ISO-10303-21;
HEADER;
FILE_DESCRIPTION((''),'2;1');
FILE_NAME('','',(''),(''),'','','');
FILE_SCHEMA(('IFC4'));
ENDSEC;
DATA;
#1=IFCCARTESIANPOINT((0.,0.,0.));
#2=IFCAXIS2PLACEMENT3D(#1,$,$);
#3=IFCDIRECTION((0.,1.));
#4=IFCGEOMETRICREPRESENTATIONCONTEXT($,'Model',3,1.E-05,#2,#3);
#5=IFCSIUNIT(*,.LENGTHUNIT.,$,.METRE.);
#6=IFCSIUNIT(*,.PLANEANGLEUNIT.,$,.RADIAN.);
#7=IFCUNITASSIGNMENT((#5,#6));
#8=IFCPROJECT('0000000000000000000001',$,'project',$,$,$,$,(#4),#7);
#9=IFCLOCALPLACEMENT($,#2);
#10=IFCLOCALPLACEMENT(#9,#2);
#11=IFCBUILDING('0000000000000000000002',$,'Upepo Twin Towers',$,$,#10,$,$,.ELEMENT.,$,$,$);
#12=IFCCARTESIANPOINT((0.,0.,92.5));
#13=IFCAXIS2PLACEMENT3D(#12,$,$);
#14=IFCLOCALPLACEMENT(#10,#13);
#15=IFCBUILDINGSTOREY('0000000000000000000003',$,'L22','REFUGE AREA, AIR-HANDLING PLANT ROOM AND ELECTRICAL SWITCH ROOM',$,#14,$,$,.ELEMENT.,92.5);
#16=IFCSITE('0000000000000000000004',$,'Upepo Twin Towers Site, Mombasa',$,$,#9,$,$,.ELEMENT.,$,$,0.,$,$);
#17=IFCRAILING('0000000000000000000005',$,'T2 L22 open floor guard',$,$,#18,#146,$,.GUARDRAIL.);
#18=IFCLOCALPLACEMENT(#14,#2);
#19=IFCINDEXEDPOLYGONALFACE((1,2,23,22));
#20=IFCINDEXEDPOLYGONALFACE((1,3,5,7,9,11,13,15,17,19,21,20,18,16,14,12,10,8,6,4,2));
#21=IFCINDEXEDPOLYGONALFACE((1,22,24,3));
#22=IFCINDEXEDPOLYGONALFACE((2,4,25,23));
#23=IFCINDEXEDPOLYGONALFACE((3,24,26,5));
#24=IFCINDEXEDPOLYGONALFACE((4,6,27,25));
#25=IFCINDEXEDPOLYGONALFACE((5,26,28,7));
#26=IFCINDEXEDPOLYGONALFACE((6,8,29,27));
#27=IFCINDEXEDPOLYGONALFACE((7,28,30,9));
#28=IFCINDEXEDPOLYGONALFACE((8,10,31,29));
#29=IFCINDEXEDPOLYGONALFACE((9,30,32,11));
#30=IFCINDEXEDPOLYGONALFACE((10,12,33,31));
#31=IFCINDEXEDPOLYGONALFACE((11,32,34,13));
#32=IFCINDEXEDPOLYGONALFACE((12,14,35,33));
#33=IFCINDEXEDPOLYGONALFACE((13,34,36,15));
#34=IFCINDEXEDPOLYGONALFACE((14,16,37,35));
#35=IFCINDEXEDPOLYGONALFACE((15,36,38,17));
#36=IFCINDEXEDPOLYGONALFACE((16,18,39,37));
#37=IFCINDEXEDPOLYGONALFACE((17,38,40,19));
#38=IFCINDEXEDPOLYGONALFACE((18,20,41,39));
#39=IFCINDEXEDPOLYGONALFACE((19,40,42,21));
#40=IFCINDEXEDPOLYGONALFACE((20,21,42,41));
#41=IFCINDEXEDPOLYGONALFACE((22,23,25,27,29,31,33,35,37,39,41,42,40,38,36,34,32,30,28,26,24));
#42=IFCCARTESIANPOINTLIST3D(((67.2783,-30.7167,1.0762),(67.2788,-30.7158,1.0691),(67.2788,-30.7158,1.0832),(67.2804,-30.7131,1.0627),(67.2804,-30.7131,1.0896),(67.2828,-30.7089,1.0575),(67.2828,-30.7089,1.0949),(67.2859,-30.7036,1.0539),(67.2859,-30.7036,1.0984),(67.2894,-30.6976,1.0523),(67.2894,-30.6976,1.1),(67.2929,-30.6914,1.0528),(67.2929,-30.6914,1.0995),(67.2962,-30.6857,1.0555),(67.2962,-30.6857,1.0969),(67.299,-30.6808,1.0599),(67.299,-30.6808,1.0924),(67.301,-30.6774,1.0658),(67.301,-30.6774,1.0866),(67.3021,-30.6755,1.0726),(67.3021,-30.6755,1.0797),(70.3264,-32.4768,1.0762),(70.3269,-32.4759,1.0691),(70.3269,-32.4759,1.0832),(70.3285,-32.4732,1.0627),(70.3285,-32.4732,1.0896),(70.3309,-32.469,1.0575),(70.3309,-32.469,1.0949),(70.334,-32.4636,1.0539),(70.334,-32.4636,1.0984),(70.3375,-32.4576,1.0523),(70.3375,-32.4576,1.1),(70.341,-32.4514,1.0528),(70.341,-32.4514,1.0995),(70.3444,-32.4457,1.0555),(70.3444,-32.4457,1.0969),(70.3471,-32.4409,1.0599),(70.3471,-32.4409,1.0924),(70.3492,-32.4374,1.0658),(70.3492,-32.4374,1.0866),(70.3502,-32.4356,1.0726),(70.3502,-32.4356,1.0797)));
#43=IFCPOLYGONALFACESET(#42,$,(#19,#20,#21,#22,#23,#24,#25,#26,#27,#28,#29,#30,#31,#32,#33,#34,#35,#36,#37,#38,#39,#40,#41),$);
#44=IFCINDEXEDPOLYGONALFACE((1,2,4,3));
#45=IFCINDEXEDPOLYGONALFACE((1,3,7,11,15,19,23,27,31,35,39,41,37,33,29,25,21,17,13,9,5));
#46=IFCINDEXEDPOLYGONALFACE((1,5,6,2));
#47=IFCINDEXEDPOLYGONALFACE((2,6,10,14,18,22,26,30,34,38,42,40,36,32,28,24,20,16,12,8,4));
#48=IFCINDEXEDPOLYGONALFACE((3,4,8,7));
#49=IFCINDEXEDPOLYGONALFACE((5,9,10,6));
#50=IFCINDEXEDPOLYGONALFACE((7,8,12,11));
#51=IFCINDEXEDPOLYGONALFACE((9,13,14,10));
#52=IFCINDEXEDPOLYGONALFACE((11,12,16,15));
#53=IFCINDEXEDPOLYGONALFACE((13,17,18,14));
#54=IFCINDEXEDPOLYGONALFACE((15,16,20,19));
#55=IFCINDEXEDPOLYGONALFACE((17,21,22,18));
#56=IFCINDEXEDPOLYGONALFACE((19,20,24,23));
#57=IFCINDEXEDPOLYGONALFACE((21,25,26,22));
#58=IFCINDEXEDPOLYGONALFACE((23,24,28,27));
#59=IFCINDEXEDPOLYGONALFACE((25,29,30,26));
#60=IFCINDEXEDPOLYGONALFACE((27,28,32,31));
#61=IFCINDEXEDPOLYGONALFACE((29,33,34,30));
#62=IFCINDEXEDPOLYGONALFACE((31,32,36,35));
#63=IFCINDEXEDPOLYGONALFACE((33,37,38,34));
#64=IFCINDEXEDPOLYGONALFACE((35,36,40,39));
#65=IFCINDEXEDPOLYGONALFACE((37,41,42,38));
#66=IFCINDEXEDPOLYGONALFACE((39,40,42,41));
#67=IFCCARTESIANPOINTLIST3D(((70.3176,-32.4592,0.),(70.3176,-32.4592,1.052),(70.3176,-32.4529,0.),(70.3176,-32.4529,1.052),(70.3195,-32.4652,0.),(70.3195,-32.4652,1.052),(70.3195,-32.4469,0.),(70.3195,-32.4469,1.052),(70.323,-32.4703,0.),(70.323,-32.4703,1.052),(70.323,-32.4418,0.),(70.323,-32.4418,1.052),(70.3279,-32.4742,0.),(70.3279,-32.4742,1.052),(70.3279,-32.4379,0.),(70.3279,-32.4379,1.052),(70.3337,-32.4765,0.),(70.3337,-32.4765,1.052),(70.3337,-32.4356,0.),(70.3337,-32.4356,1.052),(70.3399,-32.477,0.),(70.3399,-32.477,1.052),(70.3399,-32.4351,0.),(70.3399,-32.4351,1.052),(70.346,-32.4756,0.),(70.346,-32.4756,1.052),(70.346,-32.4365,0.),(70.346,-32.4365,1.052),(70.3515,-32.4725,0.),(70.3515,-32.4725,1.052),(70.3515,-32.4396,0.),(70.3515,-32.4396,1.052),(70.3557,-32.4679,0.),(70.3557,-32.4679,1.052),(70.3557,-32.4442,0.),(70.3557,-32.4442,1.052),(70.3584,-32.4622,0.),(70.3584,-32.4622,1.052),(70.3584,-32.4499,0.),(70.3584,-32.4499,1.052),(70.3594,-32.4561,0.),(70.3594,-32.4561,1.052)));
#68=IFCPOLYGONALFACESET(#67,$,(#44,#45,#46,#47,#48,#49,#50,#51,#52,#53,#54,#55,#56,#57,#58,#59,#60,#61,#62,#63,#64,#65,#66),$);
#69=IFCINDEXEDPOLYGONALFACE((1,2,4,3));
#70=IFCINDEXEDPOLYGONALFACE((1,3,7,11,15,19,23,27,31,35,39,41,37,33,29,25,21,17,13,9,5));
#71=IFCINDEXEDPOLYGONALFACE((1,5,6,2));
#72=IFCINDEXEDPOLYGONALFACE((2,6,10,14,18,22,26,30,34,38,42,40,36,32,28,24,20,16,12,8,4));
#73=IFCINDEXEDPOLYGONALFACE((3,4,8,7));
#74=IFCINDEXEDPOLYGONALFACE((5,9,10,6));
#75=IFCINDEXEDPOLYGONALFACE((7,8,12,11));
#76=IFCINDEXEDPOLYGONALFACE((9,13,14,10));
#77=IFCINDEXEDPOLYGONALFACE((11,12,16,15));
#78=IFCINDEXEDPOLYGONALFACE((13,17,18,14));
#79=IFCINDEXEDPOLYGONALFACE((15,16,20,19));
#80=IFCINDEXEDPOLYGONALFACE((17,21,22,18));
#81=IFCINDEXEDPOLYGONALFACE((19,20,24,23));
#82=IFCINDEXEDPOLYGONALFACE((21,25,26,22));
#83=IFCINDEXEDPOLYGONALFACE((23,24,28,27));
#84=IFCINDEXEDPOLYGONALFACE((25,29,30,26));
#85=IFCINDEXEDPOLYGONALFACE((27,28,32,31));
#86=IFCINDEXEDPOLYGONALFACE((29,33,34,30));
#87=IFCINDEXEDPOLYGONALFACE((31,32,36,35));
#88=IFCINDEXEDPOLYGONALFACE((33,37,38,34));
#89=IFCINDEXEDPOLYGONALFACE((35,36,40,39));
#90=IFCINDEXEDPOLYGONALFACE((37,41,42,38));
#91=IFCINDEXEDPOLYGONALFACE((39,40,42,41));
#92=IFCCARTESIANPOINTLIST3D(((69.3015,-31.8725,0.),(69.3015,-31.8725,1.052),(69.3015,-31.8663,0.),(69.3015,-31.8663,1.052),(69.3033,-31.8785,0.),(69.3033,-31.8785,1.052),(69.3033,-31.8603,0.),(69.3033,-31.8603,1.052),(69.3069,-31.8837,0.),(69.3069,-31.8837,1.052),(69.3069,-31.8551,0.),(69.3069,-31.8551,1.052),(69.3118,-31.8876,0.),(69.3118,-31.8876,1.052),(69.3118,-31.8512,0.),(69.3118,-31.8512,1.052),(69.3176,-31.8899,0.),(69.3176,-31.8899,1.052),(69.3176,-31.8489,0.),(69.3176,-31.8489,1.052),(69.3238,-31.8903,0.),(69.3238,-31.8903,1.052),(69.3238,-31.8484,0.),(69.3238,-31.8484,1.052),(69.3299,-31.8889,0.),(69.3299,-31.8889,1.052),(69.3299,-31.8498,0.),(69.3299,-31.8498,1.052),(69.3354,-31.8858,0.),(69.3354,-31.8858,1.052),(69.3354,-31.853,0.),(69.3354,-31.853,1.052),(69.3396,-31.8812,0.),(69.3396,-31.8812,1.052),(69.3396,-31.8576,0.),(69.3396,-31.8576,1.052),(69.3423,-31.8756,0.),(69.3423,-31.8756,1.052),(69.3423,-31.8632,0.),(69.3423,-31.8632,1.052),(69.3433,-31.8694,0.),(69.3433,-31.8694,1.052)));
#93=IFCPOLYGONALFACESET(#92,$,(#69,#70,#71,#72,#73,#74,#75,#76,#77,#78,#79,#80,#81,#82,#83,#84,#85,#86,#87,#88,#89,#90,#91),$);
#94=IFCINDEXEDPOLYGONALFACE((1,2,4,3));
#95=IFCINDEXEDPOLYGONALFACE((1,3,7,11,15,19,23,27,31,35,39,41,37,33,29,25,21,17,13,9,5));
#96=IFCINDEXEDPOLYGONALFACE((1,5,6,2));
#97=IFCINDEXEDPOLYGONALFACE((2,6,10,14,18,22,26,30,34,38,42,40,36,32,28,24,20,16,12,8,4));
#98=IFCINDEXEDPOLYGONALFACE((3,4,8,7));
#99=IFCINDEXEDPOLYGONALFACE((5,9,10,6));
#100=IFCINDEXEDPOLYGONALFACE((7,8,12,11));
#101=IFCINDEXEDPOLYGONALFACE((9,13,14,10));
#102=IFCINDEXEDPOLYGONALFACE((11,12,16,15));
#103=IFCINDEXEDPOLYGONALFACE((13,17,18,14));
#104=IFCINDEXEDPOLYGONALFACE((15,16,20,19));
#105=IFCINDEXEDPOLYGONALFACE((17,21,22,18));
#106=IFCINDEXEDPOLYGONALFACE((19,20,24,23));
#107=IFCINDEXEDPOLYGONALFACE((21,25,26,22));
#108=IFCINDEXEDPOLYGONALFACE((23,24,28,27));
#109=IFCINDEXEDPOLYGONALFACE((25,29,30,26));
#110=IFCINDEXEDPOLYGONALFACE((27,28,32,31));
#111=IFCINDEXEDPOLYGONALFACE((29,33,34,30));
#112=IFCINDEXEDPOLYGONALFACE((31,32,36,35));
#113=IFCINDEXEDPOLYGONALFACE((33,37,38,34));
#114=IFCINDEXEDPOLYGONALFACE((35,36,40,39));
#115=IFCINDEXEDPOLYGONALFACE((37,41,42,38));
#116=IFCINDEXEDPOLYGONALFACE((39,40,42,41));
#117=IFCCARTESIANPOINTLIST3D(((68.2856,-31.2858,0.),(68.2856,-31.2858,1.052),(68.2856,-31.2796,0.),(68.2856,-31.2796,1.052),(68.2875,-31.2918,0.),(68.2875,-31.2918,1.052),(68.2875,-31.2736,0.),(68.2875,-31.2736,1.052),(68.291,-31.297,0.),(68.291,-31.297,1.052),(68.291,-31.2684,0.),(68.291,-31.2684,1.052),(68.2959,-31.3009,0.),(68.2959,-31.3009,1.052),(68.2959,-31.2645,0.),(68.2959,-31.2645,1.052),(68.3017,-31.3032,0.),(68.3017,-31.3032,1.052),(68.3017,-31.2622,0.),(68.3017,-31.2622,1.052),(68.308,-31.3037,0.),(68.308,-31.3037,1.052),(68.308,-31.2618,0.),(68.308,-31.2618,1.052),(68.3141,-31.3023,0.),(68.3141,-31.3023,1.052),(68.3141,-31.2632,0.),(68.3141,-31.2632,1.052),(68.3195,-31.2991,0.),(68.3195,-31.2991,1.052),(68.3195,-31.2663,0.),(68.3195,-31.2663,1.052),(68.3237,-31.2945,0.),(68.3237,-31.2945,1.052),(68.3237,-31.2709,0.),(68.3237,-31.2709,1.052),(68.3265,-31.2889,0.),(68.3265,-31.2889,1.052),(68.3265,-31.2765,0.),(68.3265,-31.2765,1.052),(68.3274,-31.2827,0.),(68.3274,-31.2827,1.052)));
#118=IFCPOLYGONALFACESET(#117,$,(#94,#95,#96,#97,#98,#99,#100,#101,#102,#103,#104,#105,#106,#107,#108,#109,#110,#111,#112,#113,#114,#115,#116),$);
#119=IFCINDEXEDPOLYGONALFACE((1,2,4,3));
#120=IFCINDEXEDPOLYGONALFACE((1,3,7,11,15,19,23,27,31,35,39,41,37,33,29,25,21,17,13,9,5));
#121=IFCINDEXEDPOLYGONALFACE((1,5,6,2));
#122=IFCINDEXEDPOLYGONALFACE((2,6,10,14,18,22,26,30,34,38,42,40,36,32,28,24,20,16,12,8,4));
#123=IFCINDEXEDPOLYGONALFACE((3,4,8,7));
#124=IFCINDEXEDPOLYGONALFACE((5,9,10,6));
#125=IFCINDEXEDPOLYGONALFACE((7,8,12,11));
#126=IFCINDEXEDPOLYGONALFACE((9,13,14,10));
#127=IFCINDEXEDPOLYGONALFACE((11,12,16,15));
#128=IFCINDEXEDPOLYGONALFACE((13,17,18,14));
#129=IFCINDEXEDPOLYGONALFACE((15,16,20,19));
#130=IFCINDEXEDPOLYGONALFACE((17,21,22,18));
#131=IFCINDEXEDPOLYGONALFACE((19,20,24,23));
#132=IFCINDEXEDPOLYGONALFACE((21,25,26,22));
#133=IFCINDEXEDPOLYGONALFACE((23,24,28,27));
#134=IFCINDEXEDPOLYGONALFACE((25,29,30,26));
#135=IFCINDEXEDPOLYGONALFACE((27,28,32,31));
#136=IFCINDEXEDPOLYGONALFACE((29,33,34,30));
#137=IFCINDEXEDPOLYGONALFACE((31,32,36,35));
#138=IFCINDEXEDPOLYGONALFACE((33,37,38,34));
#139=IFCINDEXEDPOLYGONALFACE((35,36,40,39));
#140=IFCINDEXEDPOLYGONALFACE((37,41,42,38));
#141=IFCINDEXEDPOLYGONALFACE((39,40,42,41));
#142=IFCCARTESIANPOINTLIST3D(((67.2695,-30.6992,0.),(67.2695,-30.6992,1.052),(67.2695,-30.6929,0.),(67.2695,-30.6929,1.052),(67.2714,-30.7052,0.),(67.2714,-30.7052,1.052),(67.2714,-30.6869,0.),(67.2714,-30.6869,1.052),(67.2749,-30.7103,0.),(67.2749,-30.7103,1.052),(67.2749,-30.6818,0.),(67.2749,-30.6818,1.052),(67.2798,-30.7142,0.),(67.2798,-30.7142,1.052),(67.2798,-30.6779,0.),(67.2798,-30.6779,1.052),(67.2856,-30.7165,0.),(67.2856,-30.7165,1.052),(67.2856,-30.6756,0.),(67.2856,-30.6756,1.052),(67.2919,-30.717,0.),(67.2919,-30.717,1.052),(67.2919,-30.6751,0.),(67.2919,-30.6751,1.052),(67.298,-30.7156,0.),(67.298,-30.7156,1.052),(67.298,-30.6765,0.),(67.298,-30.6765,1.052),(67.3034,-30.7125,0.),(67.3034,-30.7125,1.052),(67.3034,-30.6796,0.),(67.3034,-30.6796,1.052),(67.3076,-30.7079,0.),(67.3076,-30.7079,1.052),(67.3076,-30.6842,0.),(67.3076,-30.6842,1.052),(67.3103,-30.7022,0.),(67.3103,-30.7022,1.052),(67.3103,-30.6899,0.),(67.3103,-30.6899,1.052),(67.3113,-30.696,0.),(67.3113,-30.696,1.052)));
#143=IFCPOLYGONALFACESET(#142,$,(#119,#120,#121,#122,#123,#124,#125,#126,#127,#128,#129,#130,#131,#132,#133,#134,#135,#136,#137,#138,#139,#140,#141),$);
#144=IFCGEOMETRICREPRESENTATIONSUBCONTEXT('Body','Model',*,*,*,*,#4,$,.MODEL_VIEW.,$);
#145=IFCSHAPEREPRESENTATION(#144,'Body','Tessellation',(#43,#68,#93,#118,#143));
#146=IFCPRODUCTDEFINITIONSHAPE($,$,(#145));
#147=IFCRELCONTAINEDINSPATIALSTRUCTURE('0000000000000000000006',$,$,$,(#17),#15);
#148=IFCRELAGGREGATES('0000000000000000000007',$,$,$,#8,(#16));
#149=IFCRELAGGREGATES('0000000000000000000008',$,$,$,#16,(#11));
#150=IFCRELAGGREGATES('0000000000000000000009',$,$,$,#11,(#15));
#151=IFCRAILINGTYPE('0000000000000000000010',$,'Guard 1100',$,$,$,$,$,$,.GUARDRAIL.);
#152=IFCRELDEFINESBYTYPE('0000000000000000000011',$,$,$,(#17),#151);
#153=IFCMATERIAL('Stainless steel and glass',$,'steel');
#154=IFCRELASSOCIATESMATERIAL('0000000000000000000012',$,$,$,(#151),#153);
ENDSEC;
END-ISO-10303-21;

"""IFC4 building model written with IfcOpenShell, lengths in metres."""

from ifc_helpers import new_model, si_unit, direction, frame, origin, origin_2d, place, context, subcontext, project, spatial, circle, extrude, material, type_object, element, save


model = new_model("IFC4")

# Units and contexts
model_context = context("Model", 3, precision=1e-05, world=origin(), true_north=direction((0.0, 1.0)))
body_context = subcontext(model_context, "Body", "Model", "MODEL_VIEW")
ifc_project = project(units=[si_unit("LENGTHUNIT", "METRE"), si_unit("PLANEANGLEUNIT", "RADIAN")], contexts=[model_context])

# Site, building, storey
site_placement = place(None, origin())
site = spatial("IfcSite", under=ifc_project, at=site_placement, Name="Upepo Twin Towers Site, Mombasa", CompositionType="ELEMENT", RefElevation=0.0)
building_placement = place(site_placement, origin())
building = spatial("IfcBuilding", under=site, at=building_placement, Name="Upepo Twin Towers", CompositionType="ELEMENT")
storey_placement = place(building_placement, frame((0.0, 0.0, 92.5)))
storey = spatial("IfcBuildingStorey", under=building, at=storey_placement, Name="L22", Description="REFUGE AREA, AIR-HANDLING PLANT ROOM AND ELECTRICAL SWITCH ROOM", CompositionType="ELEMENT", Elevation=92.5)

# Railing
ifc_material_1 = material(Name="Stainless steel and glass", Category="steel")
railing_type = type_object("IfcRailingType", Name="Guard 1100", PredefinedType="GUARDRAIL", material=ifc_material_1)
railing_1_placement = place(storey_placement, frame((70.3384, -32.4561, 0.0)))
element("IfcRailing", 1, at=railing_1_placement, inside=storey, type_object=railing_type, Name="T2 L22 open floor guard", PredefinedType="GUARDRAIL", context=body_context, shape_type="SweptSolid", body=[
    extrude(circle(Radius=0.0239, at=origin_2d()), frame((0.0, 0.0, 1.0762), z_axis=(-0.866002, 0.500041, 0.0), x_axis=(-0.500041, -0.866002, 0.0)), (0.0, 0.0, 1.0), 3.5198),
    extrude(circle(Radius=0.021, at=origin_2d()), origin(), (0.0, 0.0, 1.0), 1.052),
    extrude(circle(Radius=0.021, at=origin_2d()), frame((-1.0161, 0.5867, 0.0)), (0.0, 0.0, 1.0), 1.052),
    extrude(circle(Radius=0.021, at=origin_2d()), frame((-2.032, 1.1733, 0.0)), (0.0, 0.0, 1.0), 1.052),
    extrude(circle(Radius=0.021, at=origin_2d()), frame((-3.0481, 1.76, 0.0)), (0.0, 0.0, 1.0), 1.052),
])

save(model, "model.ifc")
